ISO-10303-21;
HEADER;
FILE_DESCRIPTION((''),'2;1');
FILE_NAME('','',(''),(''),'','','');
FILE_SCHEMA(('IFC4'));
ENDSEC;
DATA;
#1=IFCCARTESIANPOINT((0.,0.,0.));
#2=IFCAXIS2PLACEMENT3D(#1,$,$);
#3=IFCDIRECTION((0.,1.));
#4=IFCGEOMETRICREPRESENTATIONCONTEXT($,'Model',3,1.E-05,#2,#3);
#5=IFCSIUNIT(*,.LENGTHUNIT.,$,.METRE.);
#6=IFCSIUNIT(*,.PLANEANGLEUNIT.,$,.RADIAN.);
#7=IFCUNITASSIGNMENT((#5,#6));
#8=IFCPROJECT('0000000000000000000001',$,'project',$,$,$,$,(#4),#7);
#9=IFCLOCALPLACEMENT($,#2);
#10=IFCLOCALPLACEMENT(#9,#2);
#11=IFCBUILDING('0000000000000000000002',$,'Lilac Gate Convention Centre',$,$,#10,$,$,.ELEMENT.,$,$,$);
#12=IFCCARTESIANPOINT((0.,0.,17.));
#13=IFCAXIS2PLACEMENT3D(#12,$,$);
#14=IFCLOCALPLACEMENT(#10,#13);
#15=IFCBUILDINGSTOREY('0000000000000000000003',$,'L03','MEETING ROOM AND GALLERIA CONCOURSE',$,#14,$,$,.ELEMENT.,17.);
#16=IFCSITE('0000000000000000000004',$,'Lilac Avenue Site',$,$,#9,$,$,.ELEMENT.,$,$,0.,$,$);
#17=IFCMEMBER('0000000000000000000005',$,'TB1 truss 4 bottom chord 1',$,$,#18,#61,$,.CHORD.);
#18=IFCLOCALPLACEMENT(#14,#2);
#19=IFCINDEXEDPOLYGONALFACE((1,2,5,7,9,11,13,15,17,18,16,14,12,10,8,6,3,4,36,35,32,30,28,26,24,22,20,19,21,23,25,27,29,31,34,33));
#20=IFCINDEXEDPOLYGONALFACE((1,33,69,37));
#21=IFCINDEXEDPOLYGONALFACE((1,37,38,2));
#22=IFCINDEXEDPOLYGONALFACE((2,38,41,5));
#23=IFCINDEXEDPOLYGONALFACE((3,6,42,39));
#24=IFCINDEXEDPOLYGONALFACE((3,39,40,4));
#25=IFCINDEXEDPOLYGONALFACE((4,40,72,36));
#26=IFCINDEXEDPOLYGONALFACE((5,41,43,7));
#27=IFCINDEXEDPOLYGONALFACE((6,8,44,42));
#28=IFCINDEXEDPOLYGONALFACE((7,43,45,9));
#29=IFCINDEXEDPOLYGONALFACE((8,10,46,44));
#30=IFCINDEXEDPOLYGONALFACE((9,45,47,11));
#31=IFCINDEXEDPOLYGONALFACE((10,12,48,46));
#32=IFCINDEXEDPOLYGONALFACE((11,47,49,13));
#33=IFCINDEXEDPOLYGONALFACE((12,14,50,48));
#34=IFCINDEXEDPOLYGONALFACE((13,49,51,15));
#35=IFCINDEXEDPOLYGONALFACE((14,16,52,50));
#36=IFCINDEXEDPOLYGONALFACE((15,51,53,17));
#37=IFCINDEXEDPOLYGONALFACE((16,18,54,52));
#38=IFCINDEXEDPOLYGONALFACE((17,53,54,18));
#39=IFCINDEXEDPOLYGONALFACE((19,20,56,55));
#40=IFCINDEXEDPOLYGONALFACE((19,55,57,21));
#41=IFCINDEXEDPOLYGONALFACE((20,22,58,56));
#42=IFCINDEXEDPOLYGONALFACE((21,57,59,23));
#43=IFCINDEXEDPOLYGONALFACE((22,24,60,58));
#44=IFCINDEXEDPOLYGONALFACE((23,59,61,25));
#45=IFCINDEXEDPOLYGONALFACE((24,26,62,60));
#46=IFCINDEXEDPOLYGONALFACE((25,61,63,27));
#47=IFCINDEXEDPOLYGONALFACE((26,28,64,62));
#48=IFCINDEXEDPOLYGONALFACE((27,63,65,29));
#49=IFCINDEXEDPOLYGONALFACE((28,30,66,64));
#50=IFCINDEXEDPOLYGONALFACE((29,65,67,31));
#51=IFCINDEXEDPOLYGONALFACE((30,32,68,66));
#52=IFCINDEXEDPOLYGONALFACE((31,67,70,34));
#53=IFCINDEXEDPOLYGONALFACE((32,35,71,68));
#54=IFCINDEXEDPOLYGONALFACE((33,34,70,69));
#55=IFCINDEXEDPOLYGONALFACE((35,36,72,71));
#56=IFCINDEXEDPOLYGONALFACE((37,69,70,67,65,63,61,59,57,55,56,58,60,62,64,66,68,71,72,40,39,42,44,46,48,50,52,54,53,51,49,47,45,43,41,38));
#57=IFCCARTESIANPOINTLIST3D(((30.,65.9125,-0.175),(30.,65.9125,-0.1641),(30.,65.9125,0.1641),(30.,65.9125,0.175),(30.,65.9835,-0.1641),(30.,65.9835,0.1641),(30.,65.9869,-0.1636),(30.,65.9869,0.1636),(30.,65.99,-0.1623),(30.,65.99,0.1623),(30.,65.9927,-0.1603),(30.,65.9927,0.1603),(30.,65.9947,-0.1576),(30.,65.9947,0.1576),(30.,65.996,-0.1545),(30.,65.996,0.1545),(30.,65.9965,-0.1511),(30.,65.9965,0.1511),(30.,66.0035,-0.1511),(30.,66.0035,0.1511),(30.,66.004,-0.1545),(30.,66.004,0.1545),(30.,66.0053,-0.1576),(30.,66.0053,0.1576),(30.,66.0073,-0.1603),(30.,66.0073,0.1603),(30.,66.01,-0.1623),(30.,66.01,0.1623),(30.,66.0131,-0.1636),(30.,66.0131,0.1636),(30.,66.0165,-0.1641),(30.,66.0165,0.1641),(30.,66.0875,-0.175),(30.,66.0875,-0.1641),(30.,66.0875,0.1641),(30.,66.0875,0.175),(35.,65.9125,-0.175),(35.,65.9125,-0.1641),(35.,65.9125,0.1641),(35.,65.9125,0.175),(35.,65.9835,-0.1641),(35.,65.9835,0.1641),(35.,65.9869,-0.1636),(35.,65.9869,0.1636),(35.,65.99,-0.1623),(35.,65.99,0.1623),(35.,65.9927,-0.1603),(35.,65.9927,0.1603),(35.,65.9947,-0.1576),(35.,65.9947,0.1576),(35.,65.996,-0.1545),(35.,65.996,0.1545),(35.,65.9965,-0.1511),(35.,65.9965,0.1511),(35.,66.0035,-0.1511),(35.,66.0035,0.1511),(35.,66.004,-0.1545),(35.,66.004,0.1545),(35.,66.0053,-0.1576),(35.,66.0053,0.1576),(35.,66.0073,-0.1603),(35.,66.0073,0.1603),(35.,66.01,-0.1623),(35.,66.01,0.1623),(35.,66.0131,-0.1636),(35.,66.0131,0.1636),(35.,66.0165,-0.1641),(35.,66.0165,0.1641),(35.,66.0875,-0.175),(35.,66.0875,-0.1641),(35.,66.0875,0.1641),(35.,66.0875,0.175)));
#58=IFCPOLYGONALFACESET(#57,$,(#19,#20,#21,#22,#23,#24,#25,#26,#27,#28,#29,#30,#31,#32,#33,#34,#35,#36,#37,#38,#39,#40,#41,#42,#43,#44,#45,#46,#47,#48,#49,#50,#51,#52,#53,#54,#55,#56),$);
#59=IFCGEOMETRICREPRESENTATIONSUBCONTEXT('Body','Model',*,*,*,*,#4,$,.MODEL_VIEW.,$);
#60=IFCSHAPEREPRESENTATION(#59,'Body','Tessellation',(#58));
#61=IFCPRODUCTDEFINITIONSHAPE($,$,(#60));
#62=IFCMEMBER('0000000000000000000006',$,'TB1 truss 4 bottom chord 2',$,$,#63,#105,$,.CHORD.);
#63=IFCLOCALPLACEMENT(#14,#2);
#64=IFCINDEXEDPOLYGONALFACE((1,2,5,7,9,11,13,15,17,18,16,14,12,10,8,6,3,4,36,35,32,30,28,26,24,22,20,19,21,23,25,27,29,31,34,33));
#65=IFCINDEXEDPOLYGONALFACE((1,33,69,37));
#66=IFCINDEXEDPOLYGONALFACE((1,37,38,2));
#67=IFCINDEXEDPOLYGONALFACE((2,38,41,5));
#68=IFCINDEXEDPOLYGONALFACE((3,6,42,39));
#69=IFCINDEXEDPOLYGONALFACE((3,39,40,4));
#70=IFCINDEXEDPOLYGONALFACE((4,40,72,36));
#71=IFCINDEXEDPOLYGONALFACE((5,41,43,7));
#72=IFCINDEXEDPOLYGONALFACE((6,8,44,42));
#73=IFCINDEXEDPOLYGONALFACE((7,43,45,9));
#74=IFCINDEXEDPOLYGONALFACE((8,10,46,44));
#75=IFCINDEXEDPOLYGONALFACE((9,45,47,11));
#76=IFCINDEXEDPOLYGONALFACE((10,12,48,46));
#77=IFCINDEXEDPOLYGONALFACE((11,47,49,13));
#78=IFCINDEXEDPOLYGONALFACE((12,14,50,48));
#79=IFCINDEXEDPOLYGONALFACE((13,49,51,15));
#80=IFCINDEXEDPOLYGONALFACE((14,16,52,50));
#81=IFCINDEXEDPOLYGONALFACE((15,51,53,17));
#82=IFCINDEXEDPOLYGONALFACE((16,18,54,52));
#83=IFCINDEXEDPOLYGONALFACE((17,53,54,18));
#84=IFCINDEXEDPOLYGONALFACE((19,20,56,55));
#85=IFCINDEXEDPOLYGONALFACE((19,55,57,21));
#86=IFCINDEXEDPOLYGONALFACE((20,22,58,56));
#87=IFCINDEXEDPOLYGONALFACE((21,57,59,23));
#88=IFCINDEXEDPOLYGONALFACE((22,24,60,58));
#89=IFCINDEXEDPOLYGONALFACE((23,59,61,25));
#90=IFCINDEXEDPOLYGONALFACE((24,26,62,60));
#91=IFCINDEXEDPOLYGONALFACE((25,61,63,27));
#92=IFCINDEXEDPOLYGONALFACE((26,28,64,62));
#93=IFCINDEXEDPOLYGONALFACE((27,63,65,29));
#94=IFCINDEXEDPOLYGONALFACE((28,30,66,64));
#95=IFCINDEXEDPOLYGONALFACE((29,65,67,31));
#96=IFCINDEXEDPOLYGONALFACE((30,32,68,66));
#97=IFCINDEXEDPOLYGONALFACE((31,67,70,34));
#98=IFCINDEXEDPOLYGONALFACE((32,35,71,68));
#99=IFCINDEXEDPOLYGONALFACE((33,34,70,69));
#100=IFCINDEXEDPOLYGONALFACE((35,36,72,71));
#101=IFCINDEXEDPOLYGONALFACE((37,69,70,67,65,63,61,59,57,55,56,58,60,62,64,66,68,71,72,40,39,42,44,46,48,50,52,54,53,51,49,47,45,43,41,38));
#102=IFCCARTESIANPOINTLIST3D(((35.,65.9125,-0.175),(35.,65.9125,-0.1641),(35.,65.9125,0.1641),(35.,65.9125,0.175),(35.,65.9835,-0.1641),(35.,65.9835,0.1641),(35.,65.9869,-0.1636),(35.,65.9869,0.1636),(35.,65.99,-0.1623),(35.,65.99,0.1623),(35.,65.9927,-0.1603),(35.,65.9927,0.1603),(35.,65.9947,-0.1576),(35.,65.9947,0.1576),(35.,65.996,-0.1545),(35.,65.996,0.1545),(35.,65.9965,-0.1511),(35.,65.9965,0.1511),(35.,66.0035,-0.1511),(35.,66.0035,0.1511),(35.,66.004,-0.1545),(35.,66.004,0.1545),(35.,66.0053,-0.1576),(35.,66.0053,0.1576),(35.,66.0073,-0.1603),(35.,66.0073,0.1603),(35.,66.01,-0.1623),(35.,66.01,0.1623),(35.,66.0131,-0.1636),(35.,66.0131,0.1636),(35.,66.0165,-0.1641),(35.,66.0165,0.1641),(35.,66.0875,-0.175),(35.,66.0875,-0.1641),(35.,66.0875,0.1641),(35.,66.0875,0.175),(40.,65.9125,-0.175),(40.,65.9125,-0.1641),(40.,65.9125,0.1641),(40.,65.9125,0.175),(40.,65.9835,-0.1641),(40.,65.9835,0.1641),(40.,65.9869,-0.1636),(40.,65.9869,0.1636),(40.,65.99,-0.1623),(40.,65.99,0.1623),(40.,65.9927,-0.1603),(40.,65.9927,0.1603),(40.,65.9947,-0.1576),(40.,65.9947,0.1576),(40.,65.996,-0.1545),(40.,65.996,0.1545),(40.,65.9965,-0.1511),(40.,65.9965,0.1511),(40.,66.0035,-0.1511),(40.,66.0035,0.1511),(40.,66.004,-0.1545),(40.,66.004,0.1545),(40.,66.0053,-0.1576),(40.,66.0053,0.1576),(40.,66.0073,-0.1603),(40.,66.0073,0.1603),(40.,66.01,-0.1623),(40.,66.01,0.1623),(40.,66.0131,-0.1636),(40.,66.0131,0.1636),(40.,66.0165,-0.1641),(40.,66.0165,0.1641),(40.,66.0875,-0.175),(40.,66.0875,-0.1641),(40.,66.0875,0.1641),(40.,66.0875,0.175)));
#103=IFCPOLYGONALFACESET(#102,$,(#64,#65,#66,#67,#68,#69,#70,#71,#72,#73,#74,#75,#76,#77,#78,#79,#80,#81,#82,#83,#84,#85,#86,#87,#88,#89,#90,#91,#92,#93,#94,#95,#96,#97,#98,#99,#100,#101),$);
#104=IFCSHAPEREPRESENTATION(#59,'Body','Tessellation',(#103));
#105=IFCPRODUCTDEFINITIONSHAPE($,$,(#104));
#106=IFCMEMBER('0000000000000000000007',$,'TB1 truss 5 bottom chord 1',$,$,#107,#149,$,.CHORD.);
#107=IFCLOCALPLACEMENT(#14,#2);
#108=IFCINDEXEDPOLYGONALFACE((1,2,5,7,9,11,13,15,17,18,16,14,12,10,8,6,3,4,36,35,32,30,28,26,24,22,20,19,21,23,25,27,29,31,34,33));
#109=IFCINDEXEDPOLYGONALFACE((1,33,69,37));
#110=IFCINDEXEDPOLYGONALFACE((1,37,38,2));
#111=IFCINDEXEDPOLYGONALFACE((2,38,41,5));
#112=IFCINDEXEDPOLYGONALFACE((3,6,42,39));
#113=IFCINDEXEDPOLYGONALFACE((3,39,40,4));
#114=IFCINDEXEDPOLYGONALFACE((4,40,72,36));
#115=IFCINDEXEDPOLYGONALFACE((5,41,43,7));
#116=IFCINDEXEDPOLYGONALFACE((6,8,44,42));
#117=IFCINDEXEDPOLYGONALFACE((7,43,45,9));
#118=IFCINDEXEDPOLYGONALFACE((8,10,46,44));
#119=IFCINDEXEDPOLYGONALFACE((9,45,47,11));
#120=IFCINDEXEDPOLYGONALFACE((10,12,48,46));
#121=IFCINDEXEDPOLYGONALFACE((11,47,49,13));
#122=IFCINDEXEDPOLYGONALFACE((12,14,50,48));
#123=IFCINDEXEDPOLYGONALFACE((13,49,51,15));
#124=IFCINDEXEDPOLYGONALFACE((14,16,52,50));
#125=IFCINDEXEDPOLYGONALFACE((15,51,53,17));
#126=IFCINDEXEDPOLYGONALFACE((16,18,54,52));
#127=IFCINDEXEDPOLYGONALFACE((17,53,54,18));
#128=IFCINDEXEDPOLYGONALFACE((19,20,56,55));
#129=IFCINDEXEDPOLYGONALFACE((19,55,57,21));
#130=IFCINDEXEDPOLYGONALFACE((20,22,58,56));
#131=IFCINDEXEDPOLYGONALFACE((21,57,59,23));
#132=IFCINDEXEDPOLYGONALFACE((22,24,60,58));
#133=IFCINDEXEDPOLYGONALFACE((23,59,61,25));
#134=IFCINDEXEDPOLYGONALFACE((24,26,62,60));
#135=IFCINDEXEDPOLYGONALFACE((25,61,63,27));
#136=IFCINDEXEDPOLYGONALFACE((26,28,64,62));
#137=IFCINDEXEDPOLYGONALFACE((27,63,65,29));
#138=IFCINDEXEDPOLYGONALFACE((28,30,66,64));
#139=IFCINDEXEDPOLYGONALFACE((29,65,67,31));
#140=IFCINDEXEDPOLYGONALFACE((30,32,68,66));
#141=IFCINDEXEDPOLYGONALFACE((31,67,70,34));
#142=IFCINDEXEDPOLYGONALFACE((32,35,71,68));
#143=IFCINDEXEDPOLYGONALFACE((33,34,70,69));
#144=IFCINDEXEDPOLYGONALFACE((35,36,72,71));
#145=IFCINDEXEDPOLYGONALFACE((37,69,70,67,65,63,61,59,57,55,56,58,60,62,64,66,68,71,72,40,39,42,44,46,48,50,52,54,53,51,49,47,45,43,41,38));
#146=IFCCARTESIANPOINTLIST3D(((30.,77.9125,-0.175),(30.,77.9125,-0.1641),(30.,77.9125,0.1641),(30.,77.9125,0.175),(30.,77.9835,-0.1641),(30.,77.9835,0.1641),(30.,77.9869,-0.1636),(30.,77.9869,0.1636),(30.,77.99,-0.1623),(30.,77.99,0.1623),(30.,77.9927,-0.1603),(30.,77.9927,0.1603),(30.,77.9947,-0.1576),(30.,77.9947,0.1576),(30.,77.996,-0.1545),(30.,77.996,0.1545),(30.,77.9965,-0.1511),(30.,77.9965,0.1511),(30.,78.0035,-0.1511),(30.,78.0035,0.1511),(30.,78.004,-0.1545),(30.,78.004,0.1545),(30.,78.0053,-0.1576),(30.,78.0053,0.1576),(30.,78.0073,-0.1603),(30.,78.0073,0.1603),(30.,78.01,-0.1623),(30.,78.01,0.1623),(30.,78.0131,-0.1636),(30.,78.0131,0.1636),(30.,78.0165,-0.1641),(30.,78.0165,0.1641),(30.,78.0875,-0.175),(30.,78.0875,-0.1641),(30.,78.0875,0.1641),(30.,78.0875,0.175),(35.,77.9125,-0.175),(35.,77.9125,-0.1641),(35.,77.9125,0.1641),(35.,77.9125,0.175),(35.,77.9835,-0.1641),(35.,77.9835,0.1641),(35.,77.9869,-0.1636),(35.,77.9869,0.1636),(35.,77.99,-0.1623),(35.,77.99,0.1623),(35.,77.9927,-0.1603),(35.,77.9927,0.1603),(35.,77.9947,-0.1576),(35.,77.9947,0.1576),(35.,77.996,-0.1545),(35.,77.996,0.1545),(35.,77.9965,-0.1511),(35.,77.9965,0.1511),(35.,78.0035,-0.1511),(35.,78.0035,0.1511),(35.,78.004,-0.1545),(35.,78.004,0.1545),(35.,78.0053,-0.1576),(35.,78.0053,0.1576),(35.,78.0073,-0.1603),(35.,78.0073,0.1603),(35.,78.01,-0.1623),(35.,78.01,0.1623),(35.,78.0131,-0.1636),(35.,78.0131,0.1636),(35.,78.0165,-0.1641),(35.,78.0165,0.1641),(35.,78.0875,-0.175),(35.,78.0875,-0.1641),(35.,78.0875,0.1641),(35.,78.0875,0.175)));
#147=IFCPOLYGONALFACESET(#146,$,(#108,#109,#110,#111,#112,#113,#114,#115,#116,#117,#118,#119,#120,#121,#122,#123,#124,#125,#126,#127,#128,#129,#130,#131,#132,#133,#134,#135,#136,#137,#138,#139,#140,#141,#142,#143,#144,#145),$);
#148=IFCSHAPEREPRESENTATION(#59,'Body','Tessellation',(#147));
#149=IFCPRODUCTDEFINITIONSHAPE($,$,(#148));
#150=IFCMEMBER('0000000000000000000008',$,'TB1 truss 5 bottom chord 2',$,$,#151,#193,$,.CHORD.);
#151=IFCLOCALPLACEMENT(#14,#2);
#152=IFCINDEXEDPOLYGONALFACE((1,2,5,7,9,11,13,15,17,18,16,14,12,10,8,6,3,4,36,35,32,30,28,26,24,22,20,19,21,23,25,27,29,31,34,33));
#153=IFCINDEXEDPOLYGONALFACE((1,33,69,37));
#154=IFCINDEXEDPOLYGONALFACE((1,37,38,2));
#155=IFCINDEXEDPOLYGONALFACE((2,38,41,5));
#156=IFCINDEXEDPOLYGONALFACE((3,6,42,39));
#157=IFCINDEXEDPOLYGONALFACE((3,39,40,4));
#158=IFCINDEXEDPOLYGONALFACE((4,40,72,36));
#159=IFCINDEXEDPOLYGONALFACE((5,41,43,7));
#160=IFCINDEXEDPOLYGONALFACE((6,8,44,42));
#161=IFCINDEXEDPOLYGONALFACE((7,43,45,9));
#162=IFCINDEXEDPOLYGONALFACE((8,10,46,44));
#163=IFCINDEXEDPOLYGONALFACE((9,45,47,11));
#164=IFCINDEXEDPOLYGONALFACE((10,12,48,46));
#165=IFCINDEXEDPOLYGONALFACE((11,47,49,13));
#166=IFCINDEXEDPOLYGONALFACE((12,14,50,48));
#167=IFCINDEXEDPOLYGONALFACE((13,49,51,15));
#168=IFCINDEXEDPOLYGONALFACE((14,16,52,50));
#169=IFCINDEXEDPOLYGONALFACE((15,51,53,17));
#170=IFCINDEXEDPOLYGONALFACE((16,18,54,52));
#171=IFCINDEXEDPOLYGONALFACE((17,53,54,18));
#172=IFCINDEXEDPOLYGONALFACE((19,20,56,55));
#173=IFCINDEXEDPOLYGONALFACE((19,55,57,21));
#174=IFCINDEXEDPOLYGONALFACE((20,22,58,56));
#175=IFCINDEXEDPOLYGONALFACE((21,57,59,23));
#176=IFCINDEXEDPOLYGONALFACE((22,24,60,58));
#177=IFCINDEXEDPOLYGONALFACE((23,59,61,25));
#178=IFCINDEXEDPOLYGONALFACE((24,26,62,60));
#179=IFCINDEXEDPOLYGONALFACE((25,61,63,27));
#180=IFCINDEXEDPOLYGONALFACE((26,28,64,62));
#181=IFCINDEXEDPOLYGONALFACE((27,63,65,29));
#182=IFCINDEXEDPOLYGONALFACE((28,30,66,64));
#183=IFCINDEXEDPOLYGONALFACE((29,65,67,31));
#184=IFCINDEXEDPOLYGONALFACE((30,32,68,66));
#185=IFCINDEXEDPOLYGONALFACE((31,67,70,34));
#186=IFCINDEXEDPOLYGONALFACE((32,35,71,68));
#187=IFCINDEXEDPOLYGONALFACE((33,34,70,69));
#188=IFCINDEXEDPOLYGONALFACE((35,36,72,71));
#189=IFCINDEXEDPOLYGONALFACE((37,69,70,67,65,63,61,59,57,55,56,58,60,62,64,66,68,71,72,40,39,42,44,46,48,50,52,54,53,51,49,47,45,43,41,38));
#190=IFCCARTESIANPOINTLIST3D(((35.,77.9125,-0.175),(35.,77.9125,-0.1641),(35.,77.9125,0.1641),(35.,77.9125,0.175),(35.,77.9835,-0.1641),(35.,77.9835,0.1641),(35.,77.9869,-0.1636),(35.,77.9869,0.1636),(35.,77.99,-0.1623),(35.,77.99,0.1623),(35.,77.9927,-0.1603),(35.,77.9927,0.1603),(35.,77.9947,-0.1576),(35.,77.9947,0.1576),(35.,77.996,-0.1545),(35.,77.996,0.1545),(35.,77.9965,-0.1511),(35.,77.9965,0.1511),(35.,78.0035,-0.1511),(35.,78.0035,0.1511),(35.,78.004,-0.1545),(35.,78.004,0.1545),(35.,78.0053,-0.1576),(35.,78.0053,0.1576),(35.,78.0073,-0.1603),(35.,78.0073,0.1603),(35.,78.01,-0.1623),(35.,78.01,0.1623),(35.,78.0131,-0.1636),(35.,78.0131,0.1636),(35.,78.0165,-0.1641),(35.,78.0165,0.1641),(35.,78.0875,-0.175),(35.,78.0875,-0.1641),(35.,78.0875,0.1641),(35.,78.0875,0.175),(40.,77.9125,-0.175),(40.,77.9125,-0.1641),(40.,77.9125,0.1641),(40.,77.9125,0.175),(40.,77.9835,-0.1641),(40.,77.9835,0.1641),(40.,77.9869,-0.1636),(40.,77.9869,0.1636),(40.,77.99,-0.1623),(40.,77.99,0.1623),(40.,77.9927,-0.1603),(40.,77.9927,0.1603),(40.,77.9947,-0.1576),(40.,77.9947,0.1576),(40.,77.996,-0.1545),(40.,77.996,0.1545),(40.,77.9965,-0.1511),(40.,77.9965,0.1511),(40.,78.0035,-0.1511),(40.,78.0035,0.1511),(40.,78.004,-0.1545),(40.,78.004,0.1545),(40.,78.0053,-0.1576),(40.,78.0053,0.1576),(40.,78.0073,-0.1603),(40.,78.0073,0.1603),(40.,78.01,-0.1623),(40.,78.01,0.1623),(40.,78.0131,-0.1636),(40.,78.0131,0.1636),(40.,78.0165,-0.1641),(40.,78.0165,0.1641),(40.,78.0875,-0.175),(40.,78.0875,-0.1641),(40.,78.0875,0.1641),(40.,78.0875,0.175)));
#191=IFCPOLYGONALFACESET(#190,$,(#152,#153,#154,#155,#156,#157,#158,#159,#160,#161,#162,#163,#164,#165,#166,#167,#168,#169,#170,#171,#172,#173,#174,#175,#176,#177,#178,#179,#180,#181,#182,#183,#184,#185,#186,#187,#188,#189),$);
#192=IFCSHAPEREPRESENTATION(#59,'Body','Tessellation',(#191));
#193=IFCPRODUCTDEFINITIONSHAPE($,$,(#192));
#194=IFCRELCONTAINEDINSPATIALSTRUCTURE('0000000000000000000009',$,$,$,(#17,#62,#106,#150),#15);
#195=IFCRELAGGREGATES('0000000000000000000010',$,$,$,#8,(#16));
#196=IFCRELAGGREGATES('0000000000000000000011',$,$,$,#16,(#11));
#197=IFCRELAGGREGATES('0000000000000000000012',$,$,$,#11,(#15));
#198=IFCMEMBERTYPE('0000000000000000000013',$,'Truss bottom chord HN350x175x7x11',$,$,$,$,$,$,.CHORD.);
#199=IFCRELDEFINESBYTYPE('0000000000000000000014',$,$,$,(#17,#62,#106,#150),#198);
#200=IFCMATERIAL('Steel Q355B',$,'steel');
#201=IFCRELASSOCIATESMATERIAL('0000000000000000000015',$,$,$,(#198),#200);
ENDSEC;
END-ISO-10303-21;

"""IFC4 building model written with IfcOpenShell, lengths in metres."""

from ifc_helpers import new_model, si_unit, direction, frame, origin, origin_2d, place, context, subcontext, project, spatial, i_section, extrude, material, material_profile, profile_set, type_object, element, save


model = new_model("IFC4")

# Units and contexts
model_context = context("Model", 3, precision=1e-05, world=origin(), true_north=direction((0.0, 1.0)))
body_context = subcontext(model_context, "Body", "Model", "MODEL_VIEW")
ifc_project = project(units=[si_unit("LENGTHUNIT", "METRE"), si_unit("PLANEANGLEUNIT", "RADIAN")], contexts=[model_context])

# Site, building, storey
site_placement = place(None, origin())
site = spatial("IfcSite", under=ifc_project, at=site_placement, Name="Lilac Avenue Site", CompositionType="ELEMENT", RefElevation=0.0)
building_placement = place(site_placement, origin())
building = spatial("IfcBuilding", under=site, at=building_placement, Name="Lilac Gate Convention Centre", CompositionType="ELEMENT")
storey_placement = place(building_placement, frame((0.0, 0.0, 17.0)))
storey = spatial("IfcBuildingStorey", under=building, at=storey_placement, Name="L03", Description="MEETING ROOM AND GALLERIA CONCOURSE", CompositionType="ELEMENT", Elevation=17.0)

# Shared definitions
ifc_material_1 = material(Name="Steel Q355B", Category="steel")

# Members
ifc_material_profile_1 = material_profile(ifc_material_1, i_section(OverallWidth=0.175, OverallDepth=0.3501, WebThickness=0.0071, FlangeThickness=0.011, FilletRadius=0.0129, at=origin_2d()), Name="HN350x175x7x11")
ifc_profile_set_1 = profile_set([ifc_material_profile_1], Name="Steel Q355B")
member_type_1 = type_object("IfcMemberType", Name="Truss bottom chord HN350x175x7x11", PredefinedType="CHORD", material=ifc_profile_set_1)
for number, where, z_axis, x_axis, name in (
    (1, (30.0, 66.0, 0.0), (1.0, 0.0, 0.0), (0.0, 1.0, 0.0), "TB1 truss 4 bottom chord 1"),
    (2, (35.0, 66.0, 0.0), (1.0, 0.0, 0.0), (0.0, 1.0, 0.0), "TB1 truss 4 bottom chord 2"),
    (3, (30.0, 78.0, 0.0), (1.0, 0.0, 0.0), (0.0, 1.0, 0.0), "TB1 truss 5 bottom chord 1"),
    (4, (35.0, 78.0, 0.0), (1.0, 0.0, 0.0), (0.0, 1.0, 0.0), "TB1 truss 5 bottom chord 2"),
):
    element("IfcMember", number, at=place(storey_placement, frame(where, z_axis=z_axis, x_axis=x_axis)), inside=storey, type_object=member_type_1, Name=name, PredefinedType="CHORD", context=body_context, shape_type="SweptSolid", body=[
        extrude(i_section(OverallWidth=0.175, OverallDepth=0.3501, WebThickness=0.0071, FlangeThickness=0.011, FilletRadius=0.0129, at=origin_2d()), origin(), (0.0, 0.0, 1.0), 5.0),
    ])

save(model, "model.ifc")
